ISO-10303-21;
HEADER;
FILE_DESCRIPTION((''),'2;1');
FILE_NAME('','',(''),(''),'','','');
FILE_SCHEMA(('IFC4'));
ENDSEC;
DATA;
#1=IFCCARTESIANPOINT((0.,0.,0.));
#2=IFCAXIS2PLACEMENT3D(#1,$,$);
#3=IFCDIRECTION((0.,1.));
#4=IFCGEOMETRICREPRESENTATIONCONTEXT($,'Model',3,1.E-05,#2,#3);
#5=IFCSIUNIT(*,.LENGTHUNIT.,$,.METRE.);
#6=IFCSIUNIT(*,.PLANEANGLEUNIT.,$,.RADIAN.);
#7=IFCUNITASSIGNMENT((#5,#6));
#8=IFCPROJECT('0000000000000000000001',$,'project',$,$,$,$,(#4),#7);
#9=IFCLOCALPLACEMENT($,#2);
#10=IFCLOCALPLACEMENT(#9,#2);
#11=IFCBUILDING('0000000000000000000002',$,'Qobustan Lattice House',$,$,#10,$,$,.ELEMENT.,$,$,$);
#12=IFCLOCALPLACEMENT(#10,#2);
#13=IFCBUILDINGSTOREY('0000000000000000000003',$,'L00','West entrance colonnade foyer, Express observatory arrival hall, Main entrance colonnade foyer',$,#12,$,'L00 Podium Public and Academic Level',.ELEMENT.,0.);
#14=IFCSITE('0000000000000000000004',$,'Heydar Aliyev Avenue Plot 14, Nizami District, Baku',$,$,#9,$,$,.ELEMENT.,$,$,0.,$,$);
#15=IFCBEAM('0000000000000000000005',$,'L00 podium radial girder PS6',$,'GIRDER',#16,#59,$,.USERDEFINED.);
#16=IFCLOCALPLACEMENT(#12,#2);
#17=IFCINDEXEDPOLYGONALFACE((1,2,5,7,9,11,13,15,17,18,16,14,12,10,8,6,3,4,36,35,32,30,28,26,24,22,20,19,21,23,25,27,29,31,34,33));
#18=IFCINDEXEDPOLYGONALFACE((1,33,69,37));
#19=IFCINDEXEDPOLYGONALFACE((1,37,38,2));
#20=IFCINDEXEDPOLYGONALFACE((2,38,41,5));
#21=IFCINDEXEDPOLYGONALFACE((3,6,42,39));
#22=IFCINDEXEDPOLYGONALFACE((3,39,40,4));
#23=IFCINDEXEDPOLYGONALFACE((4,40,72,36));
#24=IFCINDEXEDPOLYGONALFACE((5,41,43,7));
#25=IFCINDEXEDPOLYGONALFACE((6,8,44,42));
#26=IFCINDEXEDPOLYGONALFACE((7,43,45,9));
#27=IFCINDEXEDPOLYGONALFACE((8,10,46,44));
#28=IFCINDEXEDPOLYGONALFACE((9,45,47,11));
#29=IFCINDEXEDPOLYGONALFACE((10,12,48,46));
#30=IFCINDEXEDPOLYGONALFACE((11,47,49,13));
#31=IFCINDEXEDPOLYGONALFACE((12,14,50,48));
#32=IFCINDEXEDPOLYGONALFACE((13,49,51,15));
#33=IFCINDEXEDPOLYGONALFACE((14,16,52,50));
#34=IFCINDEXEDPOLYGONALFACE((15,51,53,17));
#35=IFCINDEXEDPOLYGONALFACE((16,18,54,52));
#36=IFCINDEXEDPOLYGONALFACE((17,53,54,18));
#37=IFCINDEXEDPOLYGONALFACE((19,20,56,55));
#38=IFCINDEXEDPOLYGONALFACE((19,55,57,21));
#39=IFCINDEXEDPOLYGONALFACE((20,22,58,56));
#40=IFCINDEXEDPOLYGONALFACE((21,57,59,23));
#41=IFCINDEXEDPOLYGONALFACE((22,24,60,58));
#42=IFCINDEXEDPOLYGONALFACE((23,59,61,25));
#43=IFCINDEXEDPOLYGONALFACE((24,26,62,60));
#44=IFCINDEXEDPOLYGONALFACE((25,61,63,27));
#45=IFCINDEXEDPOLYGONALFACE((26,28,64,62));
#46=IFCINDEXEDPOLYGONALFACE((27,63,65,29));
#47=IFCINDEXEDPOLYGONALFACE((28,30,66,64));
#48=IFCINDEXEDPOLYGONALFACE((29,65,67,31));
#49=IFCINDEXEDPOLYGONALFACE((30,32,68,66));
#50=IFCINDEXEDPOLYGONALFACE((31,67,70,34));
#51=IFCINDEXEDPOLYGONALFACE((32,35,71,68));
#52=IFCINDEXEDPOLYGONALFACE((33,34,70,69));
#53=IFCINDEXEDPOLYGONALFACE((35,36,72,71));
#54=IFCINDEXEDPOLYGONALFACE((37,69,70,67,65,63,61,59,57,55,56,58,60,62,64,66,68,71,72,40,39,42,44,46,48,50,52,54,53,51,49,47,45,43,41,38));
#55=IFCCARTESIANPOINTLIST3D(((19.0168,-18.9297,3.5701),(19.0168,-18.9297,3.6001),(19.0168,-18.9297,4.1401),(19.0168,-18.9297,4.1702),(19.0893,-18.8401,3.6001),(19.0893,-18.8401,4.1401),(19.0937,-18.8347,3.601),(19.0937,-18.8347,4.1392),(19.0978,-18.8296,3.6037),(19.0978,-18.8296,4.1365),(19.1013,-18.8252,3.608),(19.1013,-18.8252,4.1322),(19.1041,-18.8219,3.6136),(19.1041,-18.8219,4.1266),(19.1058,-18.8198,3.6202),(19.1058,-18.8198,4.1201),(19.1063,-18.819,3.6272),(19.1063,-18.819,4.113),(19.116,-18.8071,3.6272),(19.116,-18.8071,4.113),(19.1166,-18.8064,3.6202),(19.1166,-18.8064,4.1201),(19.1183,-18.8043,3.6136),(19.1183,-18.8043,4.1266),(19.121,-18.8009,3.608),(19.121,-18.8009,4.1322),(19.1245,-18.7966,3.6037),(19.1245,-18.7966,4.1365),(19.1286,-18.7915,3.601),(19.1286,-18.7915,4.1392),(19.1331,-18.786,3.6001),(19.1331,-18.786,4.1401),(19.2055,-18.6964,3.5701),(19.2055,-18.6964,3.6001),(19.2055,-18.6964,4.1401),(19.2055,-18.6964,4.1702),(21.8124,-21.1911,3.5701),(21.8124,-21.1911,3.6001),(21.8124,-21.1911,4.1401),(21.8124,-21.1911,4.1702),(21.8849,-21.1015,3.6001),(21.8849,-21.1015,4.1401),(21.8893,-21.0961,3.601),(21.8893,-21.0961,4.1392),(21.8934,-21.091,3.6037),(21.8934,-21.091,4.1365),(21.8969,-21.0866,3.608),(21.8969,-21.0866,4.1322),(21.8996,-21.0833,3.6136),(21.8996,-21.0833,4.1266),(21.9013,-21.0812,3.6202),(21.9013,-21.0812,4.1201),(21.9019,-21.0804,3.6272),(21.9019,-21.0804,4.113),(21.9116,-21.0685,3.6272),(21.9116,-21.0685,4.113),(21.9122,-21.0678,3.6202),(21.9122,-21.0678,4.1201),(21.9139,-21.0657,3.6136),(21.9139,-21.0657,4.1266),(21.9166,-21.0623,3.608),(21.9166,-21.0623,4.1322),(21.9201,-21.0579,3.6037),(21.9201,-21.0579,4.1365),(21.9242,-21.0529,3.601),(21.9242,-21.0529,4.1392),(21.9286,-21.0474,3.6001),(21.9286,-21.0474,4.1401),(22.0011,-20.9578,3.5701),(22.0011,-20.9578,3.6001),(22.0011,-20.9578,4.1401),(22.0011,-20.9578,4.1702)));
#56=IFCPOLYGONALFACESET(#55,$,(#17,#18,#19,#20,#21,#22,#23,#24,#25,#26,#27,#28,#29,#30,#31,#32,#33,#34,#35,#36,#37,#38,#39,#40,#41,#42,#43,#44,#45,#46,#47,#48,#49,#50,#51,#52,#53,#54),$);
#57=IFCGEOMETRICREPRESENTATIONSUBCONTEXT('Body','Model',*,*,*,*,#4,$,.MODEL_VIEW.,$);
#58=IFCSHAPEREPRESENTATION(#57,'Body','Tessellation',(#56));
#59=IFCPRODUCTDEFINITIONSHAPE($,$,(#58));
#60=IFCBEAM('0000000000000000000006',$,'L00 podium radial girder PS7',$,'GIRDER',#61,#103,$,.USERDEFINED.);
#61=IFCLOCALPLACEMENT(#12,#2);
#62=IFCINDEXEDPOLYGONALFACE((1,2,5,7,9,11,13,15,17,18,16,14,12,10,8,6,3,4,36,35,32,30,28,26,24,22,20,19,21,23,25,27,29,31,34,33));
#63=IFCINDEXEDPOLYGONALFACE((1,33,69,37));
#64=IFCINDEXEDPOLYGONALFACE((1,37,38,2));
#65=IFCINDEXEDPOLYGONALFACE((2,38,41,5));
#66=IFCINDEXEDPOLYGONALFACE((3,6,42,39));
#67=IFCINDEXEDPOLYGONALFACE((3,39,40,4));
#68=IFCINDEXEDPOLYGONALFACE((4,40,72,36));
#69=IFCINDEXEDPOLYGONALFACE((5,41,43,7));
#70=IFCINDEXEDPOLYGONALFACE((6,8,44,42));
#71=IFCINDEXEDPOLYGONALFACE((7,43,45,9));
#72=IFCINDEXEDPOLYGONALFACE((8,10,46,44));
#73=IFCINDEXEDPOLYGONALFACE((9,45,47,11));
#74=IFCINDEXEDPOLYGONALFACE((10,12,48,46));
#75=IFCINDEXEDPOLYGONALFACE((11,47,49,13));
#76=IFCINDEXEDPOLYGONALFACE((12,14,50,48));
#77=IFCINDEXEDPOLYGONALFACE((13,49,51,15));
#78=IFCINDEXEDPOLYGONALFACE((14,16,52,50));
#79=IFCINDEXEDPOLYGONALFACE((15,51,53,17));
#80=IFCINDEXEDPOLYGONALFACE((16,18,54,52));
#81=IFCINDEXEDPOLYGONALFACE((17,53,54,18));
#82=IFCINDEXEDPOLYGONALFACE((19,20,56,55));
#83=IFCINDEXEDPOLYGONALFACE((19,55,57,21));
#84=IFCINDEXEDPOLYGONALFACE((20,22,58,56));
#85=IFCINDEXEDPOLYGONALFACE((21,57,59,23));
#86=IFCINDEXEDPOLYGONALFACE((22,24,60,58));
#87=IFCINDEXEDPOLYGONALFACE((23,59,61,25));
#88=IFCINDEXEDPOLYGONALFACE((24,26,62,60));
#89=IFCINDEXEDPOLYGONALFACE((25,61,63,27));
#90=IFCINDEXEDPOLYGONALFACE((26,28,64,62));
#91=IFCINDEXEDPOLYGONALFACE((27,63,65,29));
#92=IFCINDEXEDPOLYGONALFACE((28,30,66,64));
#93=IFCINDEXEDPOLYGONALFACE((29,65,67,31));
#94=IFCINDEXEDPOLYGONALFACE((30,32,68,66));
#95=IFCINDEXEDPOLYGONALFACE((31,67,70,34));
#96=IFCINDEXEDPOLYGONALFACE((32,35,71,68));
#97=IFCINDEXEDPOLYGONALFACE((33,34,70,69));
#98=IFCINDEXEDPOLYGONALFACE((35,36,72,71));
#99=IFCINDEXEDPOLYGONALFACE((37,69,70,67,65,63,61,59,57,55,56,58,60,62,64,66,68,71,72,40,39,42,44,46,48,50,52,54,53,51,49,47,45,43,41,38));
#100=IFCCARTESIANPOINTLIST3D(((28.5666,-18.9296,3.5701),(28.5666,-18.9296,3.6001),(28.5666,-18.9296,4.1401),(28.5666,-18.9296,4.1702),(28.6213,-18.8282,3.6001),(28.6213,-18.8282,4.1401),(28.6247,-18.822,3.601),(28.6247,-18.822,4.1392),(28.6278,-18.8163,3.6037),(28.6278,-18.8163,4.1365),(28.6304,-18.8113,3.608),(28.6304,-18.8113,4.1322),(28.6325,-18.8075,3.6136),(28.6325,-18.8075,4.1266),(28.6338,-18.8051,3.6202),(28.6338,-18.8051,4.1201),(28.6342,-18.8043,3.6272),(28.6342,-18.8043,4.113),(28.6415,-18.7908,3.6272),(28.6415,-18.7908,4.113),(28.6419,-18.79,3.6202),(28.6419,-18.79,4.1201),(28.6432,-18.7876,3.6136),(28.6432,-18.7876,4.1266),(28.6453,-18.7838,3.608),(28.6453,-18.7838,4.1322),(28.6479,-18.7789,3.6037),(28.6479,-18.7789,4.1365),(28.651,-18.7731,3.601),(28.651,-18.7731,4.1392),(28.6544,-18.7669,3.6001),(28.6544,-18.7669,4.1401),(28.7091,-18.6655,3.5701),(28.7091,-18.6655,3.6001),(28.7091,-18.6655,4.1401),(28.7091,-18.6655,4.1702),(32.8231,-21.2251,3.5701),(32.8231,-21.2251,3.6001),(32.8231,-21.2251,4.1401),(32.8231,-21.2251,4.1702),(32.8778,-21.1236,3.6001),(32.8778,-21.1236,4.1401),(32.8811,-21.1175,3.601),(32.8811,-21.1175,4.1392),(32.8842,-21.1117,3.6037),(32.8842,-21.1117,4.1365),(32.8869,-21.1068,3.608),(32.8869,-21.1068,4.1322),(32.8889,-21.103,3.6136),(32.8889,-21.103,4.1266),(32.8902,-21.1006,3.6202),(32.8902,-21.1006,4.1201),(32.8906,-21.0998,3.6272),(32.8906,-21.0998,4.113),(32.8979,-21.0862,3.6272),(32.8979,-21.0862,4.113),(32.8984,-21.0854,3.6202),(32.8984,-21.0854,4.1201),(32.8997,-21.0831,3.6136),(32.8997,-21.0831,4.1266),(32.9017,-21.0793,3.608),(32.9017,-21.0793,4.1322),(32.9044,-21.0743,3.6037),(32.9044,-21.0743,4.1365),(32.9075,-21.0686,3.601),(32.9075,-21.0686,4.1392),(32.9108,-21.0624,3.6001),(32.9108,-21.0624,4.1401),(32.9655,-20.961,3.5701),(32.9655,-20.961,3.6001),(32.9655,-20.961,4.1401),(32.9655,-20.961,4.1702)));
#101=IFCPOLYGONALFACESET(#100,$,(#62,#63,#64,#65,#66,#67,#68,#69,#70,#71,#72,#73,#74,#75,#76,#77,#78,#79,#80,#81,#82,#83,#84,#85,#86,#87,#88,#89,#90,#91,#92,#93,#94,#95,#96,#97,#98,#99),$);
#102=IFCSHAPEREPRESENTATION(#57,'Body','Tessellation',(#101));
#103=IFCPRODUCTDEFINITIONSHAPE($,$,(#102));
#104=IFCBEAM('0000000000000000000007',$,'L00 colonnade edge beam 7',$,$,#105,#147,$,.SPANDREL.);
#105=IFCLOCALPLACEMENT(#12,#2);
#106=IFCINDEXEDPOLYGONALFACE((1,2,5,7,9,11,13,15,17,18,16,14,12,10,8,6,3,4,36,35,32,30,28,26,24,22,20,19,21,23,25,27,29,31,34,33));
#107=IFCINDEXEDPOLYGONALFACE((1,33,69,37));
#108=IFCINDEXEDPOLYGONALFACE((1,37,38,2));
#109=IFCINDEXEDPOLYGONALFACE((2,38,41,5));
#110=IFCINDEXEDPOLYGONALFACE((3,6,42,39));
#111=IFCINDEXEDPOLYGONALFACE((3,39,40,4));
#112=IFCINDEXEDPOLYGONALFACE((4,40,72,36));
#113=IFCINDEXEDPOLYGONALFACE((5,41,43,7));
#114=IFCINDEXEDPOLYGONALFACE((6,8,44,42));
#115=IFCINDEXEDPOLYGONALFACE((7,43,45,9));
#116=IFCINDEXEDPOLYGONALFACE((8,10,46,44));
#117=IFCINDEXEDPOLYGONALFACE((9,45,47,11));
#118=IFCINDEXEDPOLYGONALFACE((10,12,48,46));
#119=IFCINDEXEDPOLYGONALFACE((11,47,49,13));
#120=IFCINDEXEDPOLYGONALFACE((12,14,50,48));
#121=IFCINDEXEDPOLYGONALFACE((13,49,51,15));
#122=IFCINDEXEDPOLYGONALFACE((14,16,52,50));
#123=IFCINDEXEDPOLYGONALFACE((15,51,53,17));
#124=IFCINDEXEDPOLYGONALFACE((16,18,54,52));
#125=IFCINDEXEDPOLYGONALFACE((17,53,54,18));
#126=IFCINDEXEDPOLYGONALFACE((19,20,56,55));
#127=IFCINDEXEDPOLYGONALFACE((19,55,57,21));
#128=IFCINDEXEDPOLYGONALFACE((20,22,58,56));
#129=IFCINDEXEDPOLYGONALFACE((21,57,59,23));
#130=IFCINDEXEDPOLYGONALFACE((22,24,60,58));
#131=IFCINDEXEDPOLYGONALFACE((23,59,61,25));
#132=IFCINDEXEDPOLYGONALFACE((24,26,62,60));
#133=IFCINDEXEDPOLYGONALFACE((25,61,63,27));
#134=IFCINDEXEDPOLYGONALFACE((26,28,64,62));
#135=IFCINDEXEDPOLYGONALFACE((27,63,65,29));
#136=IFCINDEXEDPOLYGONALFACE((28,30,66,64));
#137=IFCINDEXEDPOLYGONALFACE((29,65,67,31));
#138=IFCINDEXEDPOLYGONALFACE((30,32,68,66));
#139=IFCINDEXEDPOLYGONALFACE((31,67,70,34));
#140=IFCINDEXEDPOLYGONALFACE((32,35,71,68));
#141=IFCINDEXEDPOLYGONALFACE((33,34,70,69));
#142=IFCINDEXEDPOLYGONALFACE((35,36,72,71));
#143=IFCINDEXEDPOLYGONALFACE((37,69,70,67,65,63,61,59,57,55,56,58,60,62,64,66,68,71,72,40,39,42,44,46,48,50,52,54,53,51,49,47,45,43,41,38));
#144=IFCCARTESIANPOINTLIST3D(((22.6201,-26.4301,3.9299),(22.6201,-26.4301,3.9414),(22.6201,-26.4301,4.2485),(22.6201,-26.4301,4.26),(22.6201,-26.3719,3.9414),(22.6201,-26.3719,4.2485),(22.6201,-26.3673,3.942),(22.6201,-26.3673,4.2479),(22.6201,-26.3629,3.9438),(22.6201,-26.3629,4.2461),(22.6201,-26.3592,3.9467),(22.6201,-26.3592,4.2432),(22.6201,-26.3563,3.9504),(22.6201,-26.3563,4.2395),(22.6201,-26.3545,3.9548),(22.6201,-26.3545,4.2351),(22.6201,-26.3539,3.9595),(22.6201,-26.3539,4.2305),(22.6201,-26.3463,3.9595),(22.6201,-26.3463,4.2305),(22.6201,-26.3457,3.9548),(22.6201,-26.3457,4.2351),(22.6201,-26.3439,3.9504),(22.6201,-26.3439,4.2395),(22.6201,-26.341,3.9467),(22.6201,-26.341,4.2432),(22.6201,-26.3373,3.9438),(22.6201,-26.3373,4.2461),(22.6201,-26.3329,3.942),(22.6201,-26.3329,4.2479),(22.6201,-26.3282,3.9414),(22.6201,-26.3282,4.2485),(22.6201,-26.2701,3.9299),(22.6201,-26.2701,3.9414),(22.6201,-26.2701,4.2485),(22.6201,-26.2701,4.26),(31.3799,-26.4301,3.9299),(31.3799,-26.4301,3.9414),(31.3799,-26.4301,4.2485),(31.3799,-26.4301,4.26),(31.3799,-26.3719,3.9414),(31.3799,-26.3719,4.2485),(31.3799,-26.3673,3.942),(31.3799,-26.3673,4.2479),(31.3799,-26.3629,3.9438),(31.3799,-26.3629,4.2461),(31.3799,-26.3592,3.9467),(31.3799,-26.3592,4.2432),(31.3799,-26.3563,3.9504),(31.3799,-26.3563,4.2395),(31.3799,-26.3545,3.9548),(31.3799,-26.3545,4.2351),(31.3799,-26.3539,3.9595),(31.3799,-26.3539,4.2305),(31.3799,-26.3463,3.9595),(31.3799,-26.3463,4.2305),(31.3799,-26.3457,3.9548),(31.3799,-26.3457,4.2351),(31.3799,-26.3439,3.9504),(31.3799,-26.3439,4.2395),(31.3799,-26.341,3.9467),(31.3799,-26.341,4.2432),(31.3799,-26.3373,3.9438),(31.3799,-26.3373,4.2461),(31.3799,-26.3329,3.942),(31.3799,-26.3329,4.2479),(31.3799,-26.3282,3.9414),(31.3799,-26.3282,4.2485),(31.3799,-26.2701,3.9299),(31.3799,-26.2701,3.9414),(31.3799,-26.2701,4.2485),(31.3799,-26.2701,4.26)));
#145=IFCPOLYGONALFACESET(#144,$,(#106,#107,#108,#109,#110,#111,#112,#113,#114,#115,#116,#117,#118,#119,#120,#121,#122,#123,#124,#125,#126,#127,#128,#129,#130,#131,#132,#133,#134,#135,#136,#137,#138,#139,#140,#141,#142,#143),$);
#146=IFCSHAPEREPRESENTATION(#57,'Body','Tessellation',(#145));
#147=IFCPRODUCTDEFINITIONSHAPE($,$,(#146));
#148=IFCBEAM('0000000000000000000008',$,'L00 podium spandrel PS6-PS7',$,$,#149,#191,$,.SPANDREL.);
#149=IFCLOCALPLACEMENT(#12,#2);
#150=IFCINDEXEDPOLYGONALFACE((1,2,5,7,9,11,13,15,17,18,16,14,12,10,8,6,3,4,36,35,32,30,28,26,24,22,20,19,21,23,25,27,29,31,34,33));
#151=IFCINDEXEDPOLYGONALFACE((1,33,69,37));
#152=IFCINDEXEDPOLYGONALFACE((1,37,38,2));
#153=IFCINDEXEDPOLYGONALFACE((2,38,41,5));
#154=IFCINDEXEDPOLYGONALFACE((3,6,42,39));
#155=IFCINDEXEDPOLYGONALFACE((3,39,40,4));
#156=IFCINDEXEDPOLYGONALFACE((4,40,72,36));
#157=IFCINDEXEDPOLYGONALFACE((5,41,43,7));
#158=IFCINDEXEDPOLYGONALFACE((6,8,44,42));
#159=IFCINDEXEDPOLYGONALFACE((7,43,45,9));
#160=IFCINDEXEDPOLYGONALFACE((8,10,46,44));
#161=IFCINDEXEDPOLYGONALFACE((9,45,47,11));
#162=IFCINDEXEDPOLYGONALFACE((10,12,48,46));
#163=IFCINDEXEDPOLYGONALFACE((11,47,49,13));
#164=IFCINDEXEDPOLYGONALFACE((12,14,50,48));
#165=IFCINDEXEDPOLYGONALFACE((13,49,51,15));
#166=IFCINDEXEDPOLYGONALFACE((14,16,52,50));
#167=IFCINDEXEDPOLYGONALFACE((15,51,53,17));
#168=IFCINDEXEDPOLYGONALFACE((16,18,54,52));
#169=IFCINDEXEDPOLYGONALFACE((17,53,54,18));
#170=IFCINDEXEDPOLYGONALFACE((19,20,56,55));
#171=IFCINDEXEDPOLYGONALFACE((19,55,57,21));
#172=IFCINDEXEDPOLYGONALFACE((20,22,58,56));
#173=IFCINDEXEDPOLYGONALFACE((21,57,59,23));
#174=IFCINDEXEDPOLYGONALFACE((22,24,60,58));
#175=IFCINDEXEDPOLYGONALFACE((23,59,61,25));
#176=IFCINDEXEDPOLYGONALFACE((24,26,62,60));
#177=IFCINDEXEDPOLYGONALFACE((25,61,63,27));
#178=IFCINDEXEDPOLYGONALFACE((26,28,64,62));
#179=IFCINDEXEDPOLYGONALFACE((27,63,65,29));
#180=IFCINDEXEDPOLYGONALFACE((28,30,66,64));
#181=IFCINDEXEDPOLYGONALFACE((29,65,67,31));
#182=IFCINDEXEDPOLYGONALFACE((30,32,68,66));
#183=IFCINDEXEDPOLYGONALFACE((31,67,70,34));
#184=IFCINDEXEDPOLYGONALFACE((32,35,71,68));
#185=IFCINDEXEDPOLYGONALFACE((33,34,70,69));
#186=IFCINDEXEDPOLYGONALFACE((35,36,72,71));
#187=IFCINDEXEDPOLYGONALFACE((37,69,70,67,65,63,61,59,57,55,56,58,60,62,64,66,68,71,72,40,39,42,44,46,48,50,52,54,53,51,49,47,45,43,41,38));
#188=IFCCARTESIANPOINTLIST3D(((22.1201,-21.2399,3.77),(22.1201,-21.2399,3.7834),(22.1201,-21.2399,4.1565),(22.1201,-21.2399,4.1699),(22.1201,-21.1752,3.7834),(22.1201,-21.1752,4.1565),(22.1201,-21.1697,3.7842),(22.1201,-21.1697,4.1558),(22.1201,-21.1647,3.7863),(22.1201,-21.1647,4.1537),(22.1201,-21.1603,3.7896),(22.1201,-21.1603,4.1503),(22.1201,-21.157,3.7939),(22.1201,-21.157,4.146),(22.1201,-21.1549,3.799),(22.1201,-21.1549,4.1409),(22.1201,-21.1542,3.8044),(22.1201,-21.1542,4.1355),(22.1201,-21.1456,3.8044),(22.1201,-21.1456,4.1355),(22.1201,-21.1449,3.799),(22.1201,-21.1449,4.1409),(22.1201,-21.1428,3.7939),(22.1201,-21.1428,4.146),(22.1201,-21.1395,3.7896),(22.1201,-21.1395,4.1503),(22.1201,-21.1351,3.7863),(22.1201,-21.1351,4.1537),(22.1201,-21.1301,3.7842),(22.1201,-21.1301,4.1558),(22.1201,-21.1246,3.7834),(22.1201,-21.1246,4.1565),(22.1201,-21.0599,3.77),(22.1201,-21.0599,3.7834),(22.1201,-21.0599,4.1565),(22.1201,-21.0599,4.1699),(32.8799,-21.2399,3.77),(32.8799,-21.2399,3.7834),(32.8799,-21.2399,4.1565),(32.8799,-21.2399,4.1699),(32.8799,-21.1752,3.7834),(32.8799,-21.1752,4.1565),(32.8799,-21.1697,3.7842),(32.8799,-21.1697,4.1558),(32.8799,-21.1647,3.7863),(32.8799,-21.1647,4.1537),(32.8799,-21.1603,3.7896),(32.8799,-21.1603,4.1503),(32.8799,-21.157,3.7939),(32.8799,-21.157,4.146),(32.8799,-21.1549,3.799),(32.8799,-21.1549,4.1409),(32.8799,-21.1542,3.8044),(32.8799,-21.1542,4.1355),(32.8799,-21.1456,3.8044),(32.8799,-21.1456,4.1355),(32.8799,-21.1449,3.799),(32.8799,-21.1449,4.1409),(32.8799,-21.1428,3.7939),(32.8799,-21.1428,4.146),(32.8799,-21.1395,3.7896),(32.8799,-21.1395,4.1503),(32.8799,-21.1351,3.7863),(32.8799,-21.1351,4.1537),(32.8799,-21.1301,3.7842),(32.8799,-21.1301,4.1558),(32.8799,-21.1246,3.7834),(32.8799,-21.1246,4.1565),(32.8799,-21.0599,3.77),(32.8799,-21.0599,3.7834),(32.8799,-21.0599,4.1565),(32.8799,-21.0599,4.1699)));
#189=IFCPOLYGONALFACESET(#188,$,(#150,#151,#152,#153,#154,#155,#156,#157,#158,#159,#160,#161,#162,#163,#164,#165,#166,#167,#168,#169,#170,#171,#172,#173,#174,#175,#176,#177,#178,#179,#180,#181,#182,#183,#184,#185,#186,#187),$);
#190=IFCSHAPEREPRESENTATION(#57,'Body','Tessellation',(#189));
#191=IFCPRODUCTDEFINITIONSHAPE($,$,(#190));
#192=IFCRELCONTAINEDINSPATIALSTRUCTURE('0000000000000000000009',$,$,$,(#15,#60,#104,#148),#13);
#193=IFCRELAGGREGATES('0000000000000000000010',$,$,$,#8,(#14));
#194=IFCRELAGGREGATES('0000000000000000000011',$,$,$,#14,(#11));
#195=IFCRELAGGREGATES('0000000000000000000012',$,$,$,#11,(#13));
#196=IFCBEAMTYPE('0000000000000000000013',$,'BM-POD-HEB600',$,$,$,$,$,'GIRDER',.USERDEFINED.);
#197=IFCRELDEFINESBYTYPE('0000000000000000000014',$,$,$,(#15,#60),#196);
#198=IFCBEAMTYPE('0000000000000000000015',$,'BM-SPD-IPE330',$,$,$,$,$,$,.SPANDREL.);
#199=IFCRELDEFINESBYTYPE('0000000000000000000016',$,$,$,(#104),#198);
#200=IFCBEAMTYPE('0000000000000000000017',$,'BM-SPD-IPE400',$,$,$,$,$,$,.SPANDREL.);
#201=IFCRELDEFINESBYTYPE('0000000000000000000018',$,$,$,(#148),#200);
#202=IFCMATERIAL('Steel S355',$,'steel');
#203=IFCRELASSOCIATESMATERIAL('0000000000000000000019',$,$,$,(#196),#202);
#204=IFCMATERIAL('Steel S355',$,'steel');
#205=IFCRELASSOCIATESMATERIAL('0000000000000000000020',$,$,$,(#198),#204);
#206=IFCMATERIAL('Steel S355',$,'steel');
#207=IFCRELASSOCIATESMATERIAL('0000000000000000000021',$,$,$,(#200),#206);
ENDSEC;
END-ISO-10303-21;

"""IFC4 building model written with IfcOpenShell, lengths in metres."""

from ifc_helpers import new_model, si_unit, direction, frame, origin, origin_2d, place, context, subcontext, project, spatial, i_section, extrude, material, material_profile, profile_set, type_object, element, save


model = new_model("IFC4")

# Units and contexts
model_context = context("Model", 3, precision=1e-05, world=origin(), true_north=direction((0.0, 1.0)))
body_context = subcontext(model_context, "Body", "Model", "MODEL_VIEW")
ifc_project = project(units=[si_unit("LENGTHUNIT", "METRE"), si_unit("PLANEANGLEUNIT", "RADIAN")], contexts=[model_context])

# Site, building, storey
site_placement = place(None, origin())
site = spatial("IfcSite", under=ifc_project, at=site_placement, Name="Heydar Aliyev Avenue Plot 14, Nizami District, Baku", CompositionType="ELEMENT", RefElevation=0.0)
building_placement = place(site_placement, origin())
building = spatial("IfcBuilding", under=site, at=building_placement, Name="Qobustan Lattice House", CompositionType="ELEMENT")
storey_placement = place(building_placement, origin())
storey = spatial("IfcBuildingStorey", under=building, at=storey_placement, Name="L00", Description="West entrance colonnade foyer, Express observatory arrival hall, Main entrance colonnade foyer", LongName="L00 Podium Public and Academic Level", CompositionType="ELEMENT", Elevation=0.0)

# Beams
ifc_material_1 = material(Name="Steel S355", Category="steel")
ifc_material_profile_1 = material_profile(ifc_material_1, i_section(OverallWidth=0.3, OverallDepth=0.6001, WebThickness=0.0154, FlangeThickness=0.03, FilletRadius=0.0271, at=origin_2d()), Name="HEB600")
ifc_profile_set_1 = profile_set([ifc_material_profile_1], Name="Steel S355")
beam_type_1 = type_object("IfcBeamType", Name="BM-POD-HEB600", ElementType="GIRDER", PredefinedType="USERDEFINED", material=ifc_profile_set_1)
beam_1_placement = place(storey_placement, frame((21.9067, -21.0745, 3.8701), z_axis=(-0.777473, 0.628917, 0.0), x_axis=(-0.628917, -0.777473, 0.0)))
element("IfcBeam", 1, at=beam_1_placement, inside=storey, type_object=beam_type_1, Name="L00 podium radial girder PS6", ObjectType="GIRDER", PredefinedType="USERDEFINED", context=body_context, shape_type="SweptSolid", body=[
    extrude(i_section(OverallWidth=0.3, OverallDepth=0.6001, WebThickness=0.0154, FlangeThickness=0.03, FilletRadius=0.0271, at=origin_2d()), origin(), (0.0, 0.0, 1.0), 3.5957),
])
beam_2_placement = place(storey_placement, frame((32.8943, -21.093, 3.8701), z_axis=(-0.880166, 0.474666, 0.0), x_axis=(-0.474666, -0.880166, 0.0)))
element("IfcBeam", 2, at=beam_2_placement, inside=storey, type_object=beam_type_1, Name="L00 podium radial girder PS7", ObjectType="GIRDER", PredefinedType="USERDEFINED", context=body_context, shape_type="SweptSolid", body=[
    extrude(i_section(OverallWidth=0.3, OverallDepth=0.6001, WebThickness=0.0154, FlangeThickness=0.03, FilletRadius=0.0271, at=origin_2d()), origin(), (0.0, 0.0, 1.0), 4.8359),
])
ifc_material_2 = material(Name="Steel S355", Category="steel")
ifc_material_profile_2 = material_profile(ifc_material_2, i_section(OverallWidth=0.1599, OverallDepth=0.3301, WebThickness=0.0076, FlangeThickness=0.0115, FilletRadius=0.0181, at=origin_2d()), Name="IPE330")
ifc_profile_set_2 = profile_set([ifc_material_profile_2], Name="Steel S355")
beam_type_2 = type_object("IfcBeamType", Name="BM-SPD-IPE330", PredefinedType="SPANDREL", material=ifc_profile_set_2)
beam_3_placement = place(storey_placement, frame((22.6201, -26.3501, 4.095), z_axis=(1.0, 0.0, 0.0), x_axis=(0.0, 1.0, 0.0)))
element("IfcBeam", 3, at=beam_3_placement, inside=storey, type_object=beam_type_2, Name="L00 colonnade edge beam 7", PredefinedType="SPANDREL", context=body_context, shape_type="SweptSolid", body=[
    extrude(i_section(OverallWidth=0.1599, OverallDepth=0.3301, WebThickness=0.0076, FlangeThickness=0.0115, FilletRadius=0.0181, at=origin_2d()), origin(), (0.0, 0.0, 1.0), 8.7598),
])
ifc_material_3 = material(Name="Steel S355", Category="steel")
ifc_material_profile_3 = material_profile(ifc_material_3, i_section(OverallWidth=0.1799, OverallDepth=0.3999, WebThickness=0.0085, FlangeThickness=0.0134, FilletRadius=0.021, at=origin_2d()), Name="IPE400")
ifc_profile_set_3 = profile_set([ifc_material_profile_3], Name="Steel S355")
beam_type_3 = type_object("IfcBeamType", Name="BM-SPD-IPE400", PredefinedType="SPANDREL", material=ifc_profile_set_3)
for number, where, z_axis, x_axis, name in (
    (4, (22.1201, -21.1499, 3.97), (1.0, 0.0, 0.0), (0.0, 1.0, 0.0), "L00 podium spandrel PS6-PS7"),
):
    element("IfcBeam", number, at=place(storey_placement, frame(where, z_axis=z_axis, x_axis=x_axis)), inside=storey, type_object=beam_type_3, Name=name, PredefinedType="SPANDREL", context=body_context, shape_type="SweptSolid", body=[
        extrude(i_section(OverallWidth=0.1799, OverallDepth=0.3999, WebThickness=0.0085, FlangeThickness=0.0134, FilletRadius=0.021, at=origin_2d()), origin(), (0.0, 0.0, 1.0), 10.7598),
    ])

save(model, "model.ifc")
